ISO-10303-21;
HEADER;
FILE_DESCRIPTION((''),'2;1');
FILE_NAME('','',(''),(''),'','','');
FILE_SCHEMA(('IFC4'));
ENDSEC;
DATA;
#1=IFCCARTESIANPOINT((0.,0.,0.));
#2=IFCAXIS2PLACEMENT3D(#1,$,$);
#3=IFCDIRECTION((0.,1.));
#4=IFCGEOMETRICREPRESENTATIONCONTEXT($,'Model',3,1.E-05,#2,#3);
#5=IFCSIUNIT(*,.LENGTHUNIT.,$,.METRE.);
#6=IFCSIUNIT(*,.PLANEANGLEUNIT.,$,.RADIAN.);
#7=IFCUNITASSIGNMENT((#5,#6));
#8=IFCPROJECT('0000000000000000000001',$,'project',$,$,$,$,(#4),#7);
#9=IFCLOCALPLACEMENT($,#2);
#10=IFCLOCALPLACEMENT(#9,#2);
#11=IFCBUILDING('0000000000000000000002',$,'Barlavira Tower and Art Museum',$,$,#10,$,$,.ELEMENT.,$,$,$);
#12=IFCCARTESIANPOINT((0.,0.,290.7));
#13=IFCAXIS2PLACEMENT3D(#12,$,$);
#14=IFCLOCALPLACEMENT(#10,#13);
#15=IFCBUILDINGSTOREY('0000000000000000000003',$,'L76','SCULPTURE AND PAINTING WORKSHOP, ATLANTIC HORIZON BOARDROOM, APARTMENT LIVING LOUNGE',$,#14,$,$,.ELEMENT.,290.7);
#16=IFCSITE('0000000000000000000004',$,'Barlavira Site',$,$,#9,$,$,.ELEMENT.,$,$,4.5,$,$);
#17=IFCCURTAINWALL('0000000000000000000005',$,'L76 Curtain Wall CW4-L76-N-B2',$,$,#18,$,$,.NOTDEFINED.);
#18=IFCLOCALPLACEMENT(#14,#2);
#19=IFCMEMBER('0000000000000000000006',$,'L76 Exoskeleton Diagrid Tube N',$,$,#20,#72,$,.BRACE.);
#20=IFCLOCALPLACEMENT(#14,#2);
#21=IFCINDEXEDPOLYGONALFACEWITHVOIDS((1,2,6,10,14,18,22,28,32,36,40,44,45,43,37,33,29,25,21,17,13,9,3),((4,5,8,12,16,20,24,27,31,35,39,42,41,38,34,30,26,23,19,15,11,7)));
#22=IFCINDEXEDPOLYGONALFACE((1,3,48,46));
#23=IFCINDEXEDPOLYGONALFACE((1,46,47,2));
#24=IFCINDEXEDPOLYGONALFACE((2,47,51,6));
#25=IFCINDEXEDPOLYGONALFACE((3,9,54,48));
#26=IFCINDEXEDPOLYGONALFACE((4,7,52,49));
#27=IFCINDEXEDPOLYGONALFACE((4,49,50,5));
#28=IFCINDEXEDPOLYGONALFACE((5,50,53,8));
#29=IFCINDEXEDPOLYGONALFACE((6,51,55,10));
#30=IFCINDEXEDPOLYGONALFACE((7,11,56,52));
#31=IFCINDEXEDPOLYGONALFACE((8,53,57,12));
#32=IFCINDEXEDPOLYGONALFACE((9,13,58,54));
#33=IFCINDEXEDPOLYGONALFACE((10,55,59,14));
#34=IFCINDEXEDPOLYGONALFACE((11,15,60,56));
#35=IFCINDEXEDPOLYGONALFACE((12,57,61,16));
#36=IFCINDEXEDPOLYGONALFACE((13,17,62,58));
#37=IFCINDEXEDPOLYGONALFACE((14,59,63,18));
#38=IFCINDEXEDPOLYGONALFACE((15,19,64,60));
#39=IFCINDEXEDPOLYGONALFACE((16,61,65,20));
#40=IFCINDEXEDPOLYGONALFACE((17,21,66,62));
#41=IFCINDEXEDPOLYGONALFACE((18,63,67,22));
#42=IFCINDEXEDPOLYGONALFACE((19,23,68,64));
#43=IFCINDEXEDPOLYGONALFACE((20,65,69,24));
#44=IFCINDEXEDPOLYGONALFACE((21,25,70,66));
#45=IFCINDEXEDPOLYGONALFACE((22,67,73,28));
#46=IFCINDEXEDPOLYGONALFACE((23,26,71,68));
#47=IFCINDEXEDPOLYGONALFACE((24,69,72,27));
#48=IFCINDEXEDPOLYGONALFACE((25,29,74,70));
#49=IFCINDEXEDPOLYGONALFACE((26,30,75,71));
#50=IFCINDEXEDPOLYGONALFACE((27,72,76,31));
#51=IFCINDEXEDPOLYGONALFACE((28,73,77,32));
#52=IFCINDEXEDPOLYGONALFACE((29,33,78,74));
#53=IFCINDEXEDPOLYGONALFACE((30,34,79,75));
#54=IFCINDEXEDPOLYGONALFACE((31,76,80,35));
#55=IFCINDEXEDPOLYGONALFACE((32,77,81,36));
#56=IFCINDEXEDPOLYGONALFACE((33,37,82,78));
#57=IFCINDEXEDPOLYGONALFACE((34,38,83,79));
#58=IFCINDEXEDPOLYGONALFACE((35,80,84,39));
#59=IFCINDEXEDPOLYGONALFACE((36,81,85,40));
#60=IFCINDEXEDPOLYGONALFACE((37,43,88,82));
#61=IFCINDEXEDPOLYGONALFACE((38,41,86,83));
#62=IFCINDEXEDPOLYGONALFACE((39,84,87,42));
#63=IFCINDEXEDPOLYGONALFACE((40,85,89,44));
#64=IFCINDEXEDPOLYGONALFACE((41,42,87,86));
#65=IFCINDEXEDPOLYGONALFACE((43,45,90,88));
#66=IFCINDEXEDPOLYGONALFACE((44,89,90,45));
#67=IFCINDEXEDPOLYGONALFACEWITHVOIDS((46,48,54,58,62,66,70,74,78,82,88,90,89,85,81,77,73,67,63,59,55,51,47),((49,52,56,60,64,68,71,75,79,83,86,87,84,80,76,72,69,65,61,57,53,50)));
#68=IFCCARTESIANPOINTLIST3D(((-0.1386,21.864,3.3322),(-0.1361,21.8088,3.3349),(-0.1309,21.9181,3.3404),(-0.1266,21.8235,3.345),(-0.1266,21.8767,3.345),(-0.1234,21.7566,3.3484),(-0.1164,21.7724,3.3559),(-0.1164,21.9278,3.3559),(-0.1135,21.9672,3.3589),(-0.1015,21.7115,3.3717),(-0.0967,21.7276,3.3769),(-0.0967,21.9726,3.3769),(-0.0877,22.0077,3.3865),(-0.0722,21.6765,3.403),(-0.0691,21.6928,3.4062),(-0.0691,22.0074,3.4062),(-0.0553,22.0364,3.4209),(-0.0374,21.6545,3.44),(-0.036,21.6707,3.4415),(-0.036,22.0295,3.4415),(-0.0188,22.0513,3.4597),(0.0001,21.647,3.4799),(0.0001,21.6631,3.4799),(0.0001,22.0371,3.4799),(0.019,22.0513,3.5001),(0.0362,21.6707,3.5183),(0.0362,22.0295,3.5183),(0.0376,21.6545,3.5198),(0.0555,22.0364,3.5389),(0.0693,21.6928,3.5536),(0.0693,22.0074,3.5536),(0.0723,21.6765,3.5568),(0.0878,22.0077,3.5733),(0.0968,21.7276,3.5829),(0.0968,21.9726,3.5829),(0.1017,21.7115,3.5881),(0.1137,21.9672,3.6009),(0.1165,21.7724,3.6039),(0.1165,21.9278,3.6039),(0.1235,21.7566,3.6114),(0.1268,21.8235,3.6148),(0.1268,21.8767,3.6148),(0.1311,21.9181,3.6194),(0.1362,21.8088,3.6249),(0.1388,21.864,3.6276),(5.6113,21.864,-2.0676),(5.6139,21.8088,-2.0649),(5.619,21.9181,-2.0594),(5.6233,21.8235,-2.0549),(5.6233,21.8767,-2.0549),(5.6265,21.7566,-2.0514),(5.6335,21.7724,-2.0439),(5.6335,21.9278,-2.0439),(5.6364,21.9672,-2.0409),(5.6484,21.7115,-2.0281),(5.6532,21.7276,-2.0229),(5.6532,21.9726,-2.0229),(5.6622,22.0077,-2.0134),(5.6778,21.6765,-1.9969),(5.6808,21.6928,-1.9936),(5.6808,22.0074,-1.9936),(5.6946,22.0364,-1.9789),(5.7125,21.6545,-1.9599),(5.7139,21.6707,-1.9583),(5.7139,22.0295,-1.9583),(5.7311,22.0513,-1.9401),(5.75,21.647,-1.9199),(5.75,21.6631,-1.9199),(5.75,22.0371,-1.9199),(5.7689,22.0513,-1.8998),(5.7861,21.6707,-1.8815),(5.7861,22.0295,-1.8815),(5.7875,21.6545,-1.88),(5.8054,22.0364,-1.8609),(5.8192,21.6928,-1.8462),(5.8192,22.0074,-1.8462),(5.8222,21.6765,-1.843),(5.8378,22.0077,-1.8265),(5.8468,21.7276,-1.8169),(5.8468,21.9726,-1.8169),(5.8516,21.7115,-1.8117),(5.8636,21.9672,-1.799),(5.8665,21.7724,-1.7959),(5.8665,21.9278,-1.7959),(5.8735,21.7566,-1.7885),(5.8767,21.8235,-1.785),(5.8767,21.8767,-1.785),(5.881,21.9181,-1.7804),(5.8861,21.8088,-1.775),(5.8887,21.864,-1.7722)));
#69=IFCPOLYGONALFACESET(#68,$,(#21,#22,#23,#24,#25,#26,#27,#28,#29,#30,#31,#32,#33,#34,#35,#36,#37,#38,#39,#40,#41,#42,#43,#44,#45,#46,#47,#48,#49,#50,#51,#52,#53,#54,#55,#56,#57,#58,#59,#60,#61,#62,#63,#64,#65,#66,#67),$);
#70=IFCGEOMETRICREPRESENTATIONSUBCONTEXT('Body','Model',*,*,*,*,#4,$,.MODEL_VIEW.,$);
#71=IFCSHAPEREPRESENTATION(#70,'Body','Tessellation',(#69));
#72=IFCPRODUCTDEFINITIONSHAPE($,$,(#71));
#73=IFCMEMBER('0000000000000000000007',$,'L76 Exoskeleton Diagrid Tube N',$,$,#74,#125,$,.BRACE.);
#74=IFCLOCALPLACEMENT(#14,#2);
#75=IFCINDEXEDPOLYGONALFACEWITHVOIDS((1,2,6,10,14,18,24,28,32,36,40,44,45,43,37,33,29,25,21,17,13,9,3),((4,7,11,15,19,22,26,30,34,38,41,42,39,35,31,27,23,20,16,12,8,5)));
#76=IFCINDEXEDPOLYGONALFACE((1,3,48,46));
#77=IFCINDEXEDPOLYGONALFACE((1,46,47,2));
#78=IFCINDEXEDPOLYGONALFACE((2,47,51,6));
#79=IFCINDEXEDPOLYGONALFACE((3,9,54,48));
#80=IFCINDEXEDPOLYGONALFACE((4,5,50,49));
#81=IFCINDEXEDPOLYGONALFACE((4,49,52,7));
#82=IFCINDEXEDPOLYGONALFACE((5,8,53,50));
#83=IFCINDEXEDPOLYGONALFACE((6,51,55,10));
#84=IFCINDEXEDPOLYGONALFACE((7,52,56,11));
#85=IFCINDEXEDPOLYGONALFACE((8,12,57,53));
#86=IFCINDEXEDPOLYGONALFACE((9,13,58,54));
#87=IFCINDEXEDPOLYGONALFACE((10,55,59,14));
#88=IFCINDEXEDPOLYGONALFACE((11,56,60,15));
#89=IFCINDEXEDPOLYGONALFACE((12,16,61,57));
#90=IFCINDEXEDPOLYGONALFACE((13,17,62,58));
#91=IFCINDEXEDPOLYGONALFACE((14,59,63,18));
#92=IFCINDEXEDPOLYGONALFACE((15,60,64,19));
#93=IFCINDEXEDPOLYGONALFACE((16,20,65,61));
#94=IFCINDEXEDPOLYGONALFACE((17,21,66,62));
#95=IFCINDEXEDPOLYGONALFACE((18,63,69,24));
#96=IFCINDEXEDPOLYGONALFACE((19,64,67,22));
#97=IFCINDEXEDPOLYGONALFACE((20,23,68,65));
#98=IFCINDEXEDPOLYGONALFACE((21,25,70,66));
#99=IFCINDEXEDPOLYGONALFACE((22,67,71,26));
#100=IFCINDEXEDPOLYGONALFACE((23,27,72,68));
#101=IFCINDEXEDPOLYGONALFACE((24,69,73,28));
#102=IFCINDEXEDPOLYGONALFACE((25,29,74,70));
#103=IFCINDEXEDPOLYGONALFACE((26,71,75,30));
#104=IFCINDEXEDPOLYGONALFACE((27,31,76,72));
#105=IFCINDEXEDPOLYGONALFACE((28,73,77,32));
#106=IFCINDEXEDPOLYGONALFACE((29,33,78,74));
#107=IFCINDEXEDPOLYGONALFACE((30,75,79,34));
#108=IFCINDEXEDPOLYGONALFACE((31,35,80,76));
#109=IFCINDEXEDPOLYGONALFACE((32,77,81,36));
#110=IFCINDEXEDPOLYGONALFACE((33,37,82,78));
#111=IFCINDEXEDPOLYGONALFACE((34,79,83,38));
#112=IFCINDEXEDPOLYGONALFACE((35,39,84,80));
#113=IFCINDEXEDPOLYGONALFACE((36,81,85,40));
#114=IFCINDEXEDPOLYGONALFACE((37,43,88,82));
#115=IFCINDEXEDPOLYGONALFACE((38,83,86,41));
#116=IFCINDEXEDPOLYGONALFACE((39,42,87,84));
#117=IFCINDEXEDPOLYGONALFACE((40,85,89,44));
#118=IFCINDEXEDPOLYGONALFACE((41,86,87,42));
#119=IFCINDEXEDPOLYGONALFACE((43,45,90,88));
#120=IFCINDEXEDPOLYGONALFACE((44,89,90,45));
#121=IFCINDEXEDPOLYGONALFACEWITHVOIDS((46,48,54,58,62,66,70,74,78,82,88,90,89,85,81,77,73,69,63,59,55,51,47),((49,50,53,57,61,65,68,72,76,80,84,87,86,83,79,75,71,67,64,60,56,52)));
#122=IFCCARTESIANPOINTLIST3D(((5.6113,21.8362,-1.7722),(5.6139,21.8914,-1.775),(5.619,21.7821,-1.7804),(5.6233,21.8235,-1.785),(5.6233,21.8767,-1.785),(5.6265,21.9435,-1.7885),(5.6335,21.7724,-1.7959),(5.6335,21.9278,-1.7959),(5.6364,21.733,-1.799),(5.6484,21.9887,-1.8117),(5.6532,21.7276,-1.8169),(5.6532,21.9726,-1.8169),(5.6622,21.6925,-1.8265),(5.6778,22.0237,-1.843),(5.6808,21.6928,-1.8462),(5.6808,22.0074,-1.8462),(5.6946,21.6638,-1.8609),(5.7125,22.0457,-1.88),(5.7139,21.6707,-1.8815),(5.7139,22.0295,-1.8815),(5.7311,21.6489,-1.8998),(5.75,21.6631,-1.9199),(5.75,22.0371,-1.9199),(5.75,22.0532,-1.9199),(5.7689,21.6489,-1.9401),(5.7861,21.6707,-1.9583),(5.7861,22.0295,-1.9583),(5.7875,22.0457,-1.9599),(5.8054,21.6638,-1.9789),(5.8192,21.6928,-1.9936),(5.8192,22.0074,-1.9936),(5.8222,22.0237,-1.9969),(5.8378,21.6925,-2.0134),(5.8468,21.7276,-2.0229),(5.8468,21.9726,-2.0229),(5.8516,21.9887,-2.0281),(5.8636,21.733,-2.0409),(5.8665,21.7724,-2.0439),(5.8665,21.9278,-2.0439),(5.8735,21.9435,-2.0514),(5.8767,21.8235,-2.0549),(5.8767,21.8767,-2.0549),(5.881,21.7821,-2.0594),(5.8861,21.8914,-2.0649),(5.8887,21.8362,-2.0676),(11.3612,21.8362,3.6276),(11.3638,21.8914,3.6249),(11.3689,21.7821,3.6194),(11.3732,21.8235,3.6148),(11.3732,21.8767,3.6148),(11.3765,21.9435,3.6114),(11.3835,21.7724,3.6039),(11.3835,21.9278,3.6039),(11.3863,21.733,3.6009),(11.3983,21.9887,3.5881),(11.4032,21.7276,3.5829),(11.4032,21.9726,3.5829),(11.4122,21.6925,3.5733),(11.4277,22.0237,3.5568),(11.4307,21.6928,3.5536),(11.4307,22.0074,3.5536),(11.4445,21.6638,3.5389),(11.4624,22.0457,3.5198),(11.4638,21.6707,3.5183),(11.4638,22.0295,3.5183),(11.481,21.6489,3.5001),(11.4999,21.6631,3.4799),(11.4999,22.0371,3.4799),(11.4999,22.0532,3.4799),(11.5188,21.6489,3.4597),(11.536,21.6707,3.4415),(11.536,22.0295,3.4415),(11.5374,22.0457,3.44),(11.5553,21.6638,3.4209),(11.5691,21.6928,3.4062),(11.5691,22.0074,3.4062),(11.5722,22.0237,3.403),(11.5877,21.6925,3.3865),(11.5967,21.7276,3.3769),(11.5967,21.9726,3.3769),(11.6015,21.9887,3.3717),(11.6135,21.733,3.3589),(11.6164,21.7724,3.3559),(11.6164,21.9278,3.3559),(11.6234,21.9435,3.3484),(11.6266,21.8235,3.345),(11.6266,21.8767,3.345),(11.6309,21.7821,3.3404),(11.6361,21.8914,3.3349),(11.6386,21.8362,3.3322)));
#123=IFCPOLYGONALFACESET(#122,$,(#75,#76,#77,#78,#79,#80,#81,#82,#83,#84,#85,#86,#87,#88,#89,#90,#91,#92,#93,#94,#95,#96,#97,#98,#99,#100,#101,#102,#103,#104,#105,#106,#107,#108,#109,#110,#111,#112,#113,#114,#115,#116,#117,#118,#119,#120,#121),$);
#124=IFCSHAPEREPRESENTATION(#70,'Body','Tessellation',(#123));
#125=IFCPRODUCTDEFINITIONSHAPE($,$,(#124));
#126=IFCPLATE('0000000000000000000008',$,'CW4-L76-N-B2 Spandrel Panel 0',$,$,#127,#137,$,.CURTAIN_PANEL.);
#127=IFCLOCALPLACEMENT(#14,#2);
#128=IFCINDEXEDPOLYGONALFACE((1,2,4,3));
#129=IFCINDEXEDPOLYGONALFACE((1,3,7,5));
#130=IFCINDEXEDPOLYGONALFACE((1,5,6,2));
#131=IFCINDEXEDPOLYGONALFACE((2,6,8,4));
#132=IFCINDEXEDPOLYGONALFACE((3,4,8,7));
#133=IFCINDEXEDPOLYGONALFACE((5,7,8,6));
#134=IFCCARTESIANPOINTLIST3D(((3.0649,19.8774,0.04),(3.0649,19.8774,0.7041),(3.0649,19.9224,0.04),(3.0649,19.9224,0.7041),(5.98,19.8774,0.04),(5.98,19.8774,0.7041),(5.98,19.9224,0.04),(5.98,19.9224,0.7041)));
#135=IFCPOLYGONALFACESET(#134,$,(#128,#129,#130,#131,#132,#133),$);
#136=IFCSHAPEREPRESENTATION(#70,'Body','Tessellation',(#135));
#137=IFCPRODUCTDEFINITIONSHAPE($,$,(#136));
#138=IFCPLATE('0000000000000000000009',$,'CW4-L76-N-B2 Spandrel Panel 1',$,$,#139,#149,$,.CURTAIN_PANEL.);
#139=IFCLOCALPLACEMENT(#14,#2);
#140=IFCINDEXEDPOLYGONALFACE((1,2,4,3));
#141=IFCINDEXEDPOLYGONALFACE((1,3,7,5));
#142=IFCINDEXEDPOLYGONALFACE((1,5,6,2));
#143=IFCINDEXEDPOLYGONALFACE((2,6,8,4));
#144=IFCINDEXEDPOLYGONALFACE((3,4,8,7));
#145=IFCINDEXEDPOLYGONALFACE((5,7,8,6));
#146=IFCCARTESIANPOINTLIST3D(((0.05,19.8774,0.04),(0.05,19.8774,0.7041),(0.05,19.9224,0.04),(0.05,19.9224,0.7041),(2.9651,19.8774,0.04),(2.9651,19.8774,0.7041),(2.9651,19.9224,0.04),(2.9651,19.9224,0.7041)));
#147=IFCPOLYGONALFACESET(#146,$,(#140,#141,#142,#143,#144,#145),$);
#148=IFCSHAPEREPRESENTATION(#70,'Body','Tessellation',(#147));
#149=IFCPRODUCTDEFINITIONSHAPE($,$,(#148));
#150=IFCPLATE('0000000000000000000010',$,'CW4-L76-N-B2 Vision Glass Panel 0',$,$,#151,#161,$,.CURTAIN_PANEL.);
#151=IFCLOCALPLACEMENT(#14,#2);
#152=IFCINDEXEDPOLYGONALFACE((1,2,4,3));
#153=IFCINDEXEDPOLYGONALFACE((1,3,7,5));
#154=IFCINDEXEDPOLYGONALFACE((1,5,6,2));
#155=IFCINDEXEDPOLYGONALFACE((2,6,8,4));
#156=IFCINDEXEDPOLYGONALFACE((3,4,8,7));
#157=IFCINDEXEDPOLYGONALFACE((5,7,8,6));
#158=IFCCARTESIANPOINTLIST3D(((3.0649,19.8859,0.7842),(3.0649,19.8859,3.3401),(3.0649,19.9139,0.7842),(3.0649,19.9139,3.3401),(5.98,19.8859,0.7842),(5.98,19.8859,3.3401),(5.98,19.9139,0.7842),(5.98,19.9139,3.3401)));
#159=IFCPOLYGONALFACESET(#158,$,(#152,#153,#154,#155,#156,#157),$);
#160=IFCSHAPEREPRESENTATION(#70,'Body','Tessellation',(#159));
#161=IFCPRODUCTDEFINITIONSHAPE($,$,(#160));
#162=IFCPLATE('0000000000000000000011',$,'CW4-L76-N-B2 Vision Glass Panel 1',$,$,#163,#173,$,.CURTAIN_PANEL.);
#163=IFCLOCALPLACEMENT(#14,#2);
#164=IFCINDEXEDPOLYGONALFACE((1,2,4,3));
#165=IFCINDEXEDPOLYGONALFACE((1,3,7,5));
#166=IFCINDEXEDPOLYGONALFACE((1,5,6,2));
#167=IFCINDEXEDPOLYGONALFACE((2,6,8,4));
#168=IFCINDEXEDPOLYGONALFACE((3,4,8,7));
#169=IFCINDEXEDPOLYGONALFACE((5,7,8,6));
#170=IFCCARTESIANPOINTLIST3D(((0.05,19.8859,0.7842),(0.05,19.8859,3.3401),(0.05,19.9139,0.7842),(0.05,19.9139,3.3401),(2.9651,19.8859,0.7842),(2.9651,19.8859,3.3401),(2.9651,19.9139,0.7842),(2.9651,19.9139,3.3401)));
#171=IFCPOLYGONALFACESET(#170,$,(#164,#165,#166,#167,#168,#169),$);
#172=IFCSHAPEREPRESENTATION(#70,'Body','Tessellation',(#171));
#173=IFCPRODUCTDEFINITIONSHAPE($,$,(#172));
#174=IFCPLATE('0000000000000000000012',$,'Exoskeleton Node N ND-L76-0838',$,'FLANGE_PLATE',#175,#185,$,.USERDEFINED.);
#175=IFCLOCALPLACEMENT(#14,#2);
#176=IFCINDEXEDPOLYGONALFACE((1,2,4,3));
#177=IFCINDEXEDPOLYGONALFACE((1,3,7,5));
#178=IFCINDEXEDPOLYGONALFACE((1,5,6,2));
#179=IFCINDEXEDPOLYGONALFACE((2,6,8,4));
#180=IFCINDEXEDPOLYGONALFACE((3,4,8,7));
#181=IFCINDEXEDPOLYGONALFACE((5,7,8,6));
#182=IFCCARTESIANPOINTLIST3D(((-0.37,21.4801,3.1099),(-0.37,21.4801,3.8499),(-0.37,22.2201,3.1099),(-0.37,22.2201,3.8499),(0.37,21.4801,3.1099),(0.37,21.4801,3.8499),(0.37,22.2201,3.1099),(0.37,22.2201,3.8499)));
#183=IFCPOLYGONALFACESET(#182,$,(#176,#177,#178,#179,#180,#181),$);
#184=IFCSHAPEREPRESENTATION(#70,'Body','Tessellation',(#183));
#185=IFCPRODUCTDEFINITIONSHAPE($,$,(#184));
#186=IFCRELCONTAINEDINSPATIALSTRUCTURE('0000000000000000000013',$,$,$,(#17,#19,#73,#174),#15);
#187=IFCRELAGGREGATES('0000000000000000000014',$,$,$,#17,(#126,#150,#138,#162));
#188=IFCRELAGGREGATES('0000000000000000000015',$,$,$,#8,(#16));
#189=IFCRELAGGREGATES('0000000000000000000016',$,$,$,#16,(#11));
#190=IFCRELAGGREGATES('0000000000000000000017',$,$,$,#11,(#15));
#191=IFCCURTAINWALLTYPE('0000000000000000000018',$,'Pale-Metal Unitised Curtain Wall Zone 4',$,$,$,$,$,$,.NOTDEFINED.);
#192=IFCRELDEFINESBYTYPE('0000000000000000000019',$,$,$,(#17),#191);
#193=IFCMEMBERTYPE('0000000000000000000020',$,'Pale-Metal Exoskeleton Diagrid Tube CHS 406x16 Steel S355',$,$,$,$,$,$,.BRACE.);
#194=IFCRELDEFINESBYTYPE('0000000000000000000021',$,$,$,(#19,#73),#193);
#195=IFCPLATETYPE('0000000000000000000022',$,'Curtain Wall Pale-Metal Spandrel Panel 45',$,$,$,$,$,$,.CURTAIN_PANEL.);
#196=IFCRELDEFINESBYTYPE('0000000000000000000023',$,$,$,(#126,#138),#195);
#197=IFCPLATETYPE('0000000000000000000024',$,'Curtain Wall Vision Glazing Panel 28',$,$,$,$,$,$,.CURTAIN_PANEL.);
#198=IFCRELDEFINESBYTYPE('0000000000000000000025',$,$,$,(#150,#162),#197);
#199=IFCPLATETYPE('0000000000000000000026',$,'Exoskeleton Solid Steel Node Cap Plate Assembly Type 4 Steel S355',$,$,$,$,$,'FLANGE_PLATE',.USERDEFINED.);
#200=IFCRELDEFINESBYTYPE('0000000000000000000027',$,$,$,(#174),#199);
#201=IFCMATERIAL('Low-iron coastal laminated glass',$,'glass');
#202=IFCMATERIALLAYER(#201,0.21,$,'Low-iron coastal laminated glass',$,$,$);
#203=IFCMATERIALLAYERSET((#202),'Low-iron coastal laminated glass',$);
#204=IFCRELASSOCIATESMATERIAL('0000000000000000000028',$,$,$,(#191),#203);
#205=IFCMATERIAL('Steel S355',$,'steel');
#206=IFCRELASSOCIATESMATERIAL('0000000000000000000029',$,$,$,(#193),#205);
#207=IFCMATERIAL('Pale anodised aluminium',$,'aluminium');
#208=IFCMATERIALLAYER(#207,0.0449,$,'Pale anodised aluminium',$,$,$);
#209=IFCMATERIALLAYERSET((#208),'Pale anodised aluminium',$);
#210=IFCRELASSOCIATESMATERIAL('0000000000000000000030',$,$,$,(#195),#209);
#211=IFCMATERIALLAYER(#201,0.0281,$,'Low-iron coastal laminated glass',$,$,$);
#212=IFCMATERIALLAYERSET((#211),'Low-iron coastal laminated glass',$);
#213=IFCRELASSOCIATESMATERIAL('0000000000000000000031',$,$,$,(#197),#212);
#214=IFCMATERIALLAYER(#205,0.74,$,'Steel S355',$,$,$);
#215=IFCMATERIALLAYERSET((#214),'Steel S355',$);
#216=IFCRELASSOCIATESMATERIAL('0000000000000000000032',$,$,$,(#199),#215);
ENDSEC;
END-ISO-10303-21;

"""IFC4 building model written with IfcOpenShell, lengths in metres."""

from ifc_helpers import new_model, si_unit, direction, frame, origin, origin_2d, place, context, subcontext, project, spatial, rectangle, hollow_circle, extrude, material, layer, layer_set, material_profile, profile_set, type_object, element, aggregate, save


model = new_model("IFC4")

# Units and contexts
model_context = context("Model", 3, precision=1e-05, world=origin(), true_north=direction((0.0, 1.0)))
body_context = subcontext(model_context, "Body", "Model", "MODEL_VIEW")
ifc_project = project(units=[si_unit("LENGTHUNIT", "METRE"), si_unit("PLANEANGLEUNIT", "RADIAN")], contexts=[model_context])

# Site, building, storey
site_placement = place(None, origin())
site = spatial("IfcSite", under=ifc_project, at=site_placement, Name="Barlavira Site", CompositionType="ELEMENT", RefElevation=4.5)
building_placement = place(site_placement, origin())
building = spatial("IfcBuilding", under=site, at=building_placement, Name="Barlavira Tower and Art Museum", CompositionType="ELEMENT")
storey_placement = place(building_placement, frame((0.0, 0.0, 290.7)))
storey = spatial("IfcBuildingStorey", under=building, at=storey_placement, Name="L76", Description="SCULPTURE AND PAINTING WORKSHOP, ATLANTIC HORIZON BOARDROOM, APARTMENT LIVING LOUNGE", CompositionType="ELEMENT", Elevation=290.7)

# Curtain wall
ifc_material_1 = material(Name="Low-iron coastal laminated glass", Category="glass")
ifc_layer_1 = layer(ifc_material_1, 0.21, Name="Low-iron coastal laminated glass")
ifc_layer_set_1 = layer_set([ifc_layer_1], Name="Low-iron coastal laminated glass")
curtain_wall_type = type_object("IfcCurtainWallType", Name="Pale-Metal Unitised Curtain Wall Zone 4", PredefinedType="NOTDEFINED", material=ifc_layer_set_1)
curtain_wall_placement = place(storey_placement, origin())
curtain_wall = element("IfcCurtainWall", 1, at=curtain_wall_placement, inside=storey, type_object=curtain_wall_type, Name="L76 Curtain Wall CW4-L76-N-B2", PredefinedType="NOTDEFINED")
ifc_material_2 = material(Name="Pale anodised aluminium", Category="aluminium")

# Members
ifc_material_3 = material(Name="Steel S355", Category="steel")
ifc_material_profile_1 = material_profile(ifc_material_3, hollow_circle(Radius=0.2031, WallThickness=0.0161, at=origin_2d()), Name="CHS 406.4x16.0")
ifc_profile_set_1 = profile_set([ifc_material_profile_1], Name="Steel S355")
member_type_1 = type_object("IfcMemberType", Name="Pale-Metal Exoskeleton Diagrid Tube CHS 406x16 Steel S355", PredefinedType="BRACE", material=ifc_profile_set_1)
for number, where, z_axis, x_axis, name in (
    (2, (5.75, 21.8501, -1.9199), (-0.72895, 0.0, 0.684567), (0.0, -1.0, 0.0), "L76 Exoskeleton Diagrid Tube N"),
    (3, (5.75, 21.8501, -1.9199), (0.72895, 0.0, 0.684567), (0.0, 1.0, 0.0), "L76 Exoskeleton Diagrid Tube N"),
):
    element("IfcMember", number, at=place(storey_placement, frame(where, z_axis=z_axis, x_axis=x_axis)), inside=storey, type_object=member_type_1, Name=name, PredefinedType="BRACE", context=body_context, shape_type="SweptSolid", body=[
        extrude(hollow_circle(Radius=0.2031, WallThickness=0.0161, at=origin_2d()), origin(), (0.0, 0.0, 1.0), 7.8879),
    ])

# Plates
ifc_layer_2 = layer(ifc_material_2, 0.0449, Name="Pale anodised aluminium")
ifc_layer_set_2 = layer_set([ifc_layer_2], Name="Pale anodised aluminium")
plate_type_1 = type_object("IfcPlateType", Name="Curtain Wall Pale-Metal Spandrel Panel 45", PredefinedType="CURTAIN_PANEL", material=ifc_layer_set_2)
plate_1_placement = place(storey_placement, frame((4.5225, 19.8999, 0.04), z_axis=(0.0, 0.0, 1.0), x_axis=(-1.0, 0.0, 0.0)))
plate_1 = element("IfcPlate", 4, at=plate_1_placement, type_object=plate_type_1, Name="CW4-L76-N-B2 Spandrel Panel 0", PredefinedType="CURTAIN_PANEL", context=body_context, shape_type="SweptSolid", body=[
    extrude(rectangle(XDim=2.915, YDim=0.0449, at=origin_2d()), origin(), (0.0, 0.0, 1.0), 0.6641),
])
plate_2_placement = place(storey_placement, frame((1.5076, 19.8999, 0.04), z_axis=(0.0, 0.0, 1.0), x_axis=(-1.0, 0.0, 0.0)))
plate_2 = element("IfcPlate", 5, at=plate_2_placement, type_object=plate_type_1, Name="CW4-L76-N-B2 Spandrel Panel 1", PredefinedType="CURTAIN_PANEL", context=body_context, shape_type="SweptSolid", body=[
    extrude(rectangle(XDim=2.915, YDim=0.0449, at=origin_2d()), origin(), (0.0, 0.0, 1.0), 0.6641),
])
ifc_layer_3 = layer(ifc_material_1, 0.0281, Name="Low-iron coastal laminated glass")
ifc_layer_set_3 = layer_set([ifc_layer_3], Name="Low-iron coastal laminated glass")
plate_type_2 = type_object("IfcPlateType", Name="Curtain Wall Vision Glazing Panel 28", PredefinedType="CURTAIN_PANEL", material=ifc_layer_set_3)
plate_3_placement = place(storey_placement, frame((4.5225, 19.8999, 0.7842), z_axis=(0.0, 0.0, 1.0), x_axis=(-1.0, 0.0, 0.0)))
plate_3 = element("IfcPlate", 6, at=plate_3_placement, type_object=plate_type_2, Name="CW4-L76-N-B2 Vision Glass Panel 0", PredefinedType="CURTAIN_PANEL", context=body_context, shape_type="SweptSolid", body=[
    extrude(rectangle(XDim=2.915, YDim=0.0281, at=origin_2d()), origin(), (0.0, 0.0, 1.0), 2.5559),
])
plate_4_placement = place(storey_placement, frame((1.5076, 19.8999, 0.7842), z_axis=(0.0, 0.0, 1.0), x_axis=(-1.0, 0.0, 0.0)))
plate_4 = element("IfcPlate", 7, at=plate_4_placement, type_object=plate_type_2, Name="CW4-L76-N-B2 Vision Glass Panel 1", PredefinedType="CURTAIN_PANEL", context=body_context, shape_type="SweptSolid", body=[
    extrude(rectangle(XDim=2.915, YDim=0.0281, at=origin_2d()), origin(), (0.0, 0.0, 1.0), 2.5559),
])
aggregate(curtain_wall, [plate_1, plate_3, plate_2, plate_4])
ifc_layer_4 = layer(ifc_material_3, 0.74, Name="Steel S355")
ifc_layer_set_4 = layer_set([ifc_layer_4], Name="Steel S355")
plate_type_3 = type_object("IfcPlateType", Name="Exoskeleton Solid Steel Node Cap Plate Assembly Type 4 Steel S355", ElementType="FLANGE_PLATE", PredefinedType="USERDEFINED", material=ifc_layer_set_4)
plate_5_placement = place(storey_placement, frame((0.0, 21.8501, 3.1099), z_axis=(0.0, 0.0, 1.0), x_axis=(1.0, 0.0, 0.0)))
element("IfcPlate", 8, at=plate_5_placement, inside=storey, type_object=plate_type_3, Name="Exoskeleton Node N ND-L76-0838", ObjectType="FLANGE_PLATE", PredefinedType="USERDEFINED", context=body_context, shape_type="SweptSolid", body=[
    extrude(rectangle(XDim=0.74, YDim=0.74, at=origin_2d()), origin(), (0.0, 0.0, 1.0), 0.74),
])

save(model, "model.ifc")
